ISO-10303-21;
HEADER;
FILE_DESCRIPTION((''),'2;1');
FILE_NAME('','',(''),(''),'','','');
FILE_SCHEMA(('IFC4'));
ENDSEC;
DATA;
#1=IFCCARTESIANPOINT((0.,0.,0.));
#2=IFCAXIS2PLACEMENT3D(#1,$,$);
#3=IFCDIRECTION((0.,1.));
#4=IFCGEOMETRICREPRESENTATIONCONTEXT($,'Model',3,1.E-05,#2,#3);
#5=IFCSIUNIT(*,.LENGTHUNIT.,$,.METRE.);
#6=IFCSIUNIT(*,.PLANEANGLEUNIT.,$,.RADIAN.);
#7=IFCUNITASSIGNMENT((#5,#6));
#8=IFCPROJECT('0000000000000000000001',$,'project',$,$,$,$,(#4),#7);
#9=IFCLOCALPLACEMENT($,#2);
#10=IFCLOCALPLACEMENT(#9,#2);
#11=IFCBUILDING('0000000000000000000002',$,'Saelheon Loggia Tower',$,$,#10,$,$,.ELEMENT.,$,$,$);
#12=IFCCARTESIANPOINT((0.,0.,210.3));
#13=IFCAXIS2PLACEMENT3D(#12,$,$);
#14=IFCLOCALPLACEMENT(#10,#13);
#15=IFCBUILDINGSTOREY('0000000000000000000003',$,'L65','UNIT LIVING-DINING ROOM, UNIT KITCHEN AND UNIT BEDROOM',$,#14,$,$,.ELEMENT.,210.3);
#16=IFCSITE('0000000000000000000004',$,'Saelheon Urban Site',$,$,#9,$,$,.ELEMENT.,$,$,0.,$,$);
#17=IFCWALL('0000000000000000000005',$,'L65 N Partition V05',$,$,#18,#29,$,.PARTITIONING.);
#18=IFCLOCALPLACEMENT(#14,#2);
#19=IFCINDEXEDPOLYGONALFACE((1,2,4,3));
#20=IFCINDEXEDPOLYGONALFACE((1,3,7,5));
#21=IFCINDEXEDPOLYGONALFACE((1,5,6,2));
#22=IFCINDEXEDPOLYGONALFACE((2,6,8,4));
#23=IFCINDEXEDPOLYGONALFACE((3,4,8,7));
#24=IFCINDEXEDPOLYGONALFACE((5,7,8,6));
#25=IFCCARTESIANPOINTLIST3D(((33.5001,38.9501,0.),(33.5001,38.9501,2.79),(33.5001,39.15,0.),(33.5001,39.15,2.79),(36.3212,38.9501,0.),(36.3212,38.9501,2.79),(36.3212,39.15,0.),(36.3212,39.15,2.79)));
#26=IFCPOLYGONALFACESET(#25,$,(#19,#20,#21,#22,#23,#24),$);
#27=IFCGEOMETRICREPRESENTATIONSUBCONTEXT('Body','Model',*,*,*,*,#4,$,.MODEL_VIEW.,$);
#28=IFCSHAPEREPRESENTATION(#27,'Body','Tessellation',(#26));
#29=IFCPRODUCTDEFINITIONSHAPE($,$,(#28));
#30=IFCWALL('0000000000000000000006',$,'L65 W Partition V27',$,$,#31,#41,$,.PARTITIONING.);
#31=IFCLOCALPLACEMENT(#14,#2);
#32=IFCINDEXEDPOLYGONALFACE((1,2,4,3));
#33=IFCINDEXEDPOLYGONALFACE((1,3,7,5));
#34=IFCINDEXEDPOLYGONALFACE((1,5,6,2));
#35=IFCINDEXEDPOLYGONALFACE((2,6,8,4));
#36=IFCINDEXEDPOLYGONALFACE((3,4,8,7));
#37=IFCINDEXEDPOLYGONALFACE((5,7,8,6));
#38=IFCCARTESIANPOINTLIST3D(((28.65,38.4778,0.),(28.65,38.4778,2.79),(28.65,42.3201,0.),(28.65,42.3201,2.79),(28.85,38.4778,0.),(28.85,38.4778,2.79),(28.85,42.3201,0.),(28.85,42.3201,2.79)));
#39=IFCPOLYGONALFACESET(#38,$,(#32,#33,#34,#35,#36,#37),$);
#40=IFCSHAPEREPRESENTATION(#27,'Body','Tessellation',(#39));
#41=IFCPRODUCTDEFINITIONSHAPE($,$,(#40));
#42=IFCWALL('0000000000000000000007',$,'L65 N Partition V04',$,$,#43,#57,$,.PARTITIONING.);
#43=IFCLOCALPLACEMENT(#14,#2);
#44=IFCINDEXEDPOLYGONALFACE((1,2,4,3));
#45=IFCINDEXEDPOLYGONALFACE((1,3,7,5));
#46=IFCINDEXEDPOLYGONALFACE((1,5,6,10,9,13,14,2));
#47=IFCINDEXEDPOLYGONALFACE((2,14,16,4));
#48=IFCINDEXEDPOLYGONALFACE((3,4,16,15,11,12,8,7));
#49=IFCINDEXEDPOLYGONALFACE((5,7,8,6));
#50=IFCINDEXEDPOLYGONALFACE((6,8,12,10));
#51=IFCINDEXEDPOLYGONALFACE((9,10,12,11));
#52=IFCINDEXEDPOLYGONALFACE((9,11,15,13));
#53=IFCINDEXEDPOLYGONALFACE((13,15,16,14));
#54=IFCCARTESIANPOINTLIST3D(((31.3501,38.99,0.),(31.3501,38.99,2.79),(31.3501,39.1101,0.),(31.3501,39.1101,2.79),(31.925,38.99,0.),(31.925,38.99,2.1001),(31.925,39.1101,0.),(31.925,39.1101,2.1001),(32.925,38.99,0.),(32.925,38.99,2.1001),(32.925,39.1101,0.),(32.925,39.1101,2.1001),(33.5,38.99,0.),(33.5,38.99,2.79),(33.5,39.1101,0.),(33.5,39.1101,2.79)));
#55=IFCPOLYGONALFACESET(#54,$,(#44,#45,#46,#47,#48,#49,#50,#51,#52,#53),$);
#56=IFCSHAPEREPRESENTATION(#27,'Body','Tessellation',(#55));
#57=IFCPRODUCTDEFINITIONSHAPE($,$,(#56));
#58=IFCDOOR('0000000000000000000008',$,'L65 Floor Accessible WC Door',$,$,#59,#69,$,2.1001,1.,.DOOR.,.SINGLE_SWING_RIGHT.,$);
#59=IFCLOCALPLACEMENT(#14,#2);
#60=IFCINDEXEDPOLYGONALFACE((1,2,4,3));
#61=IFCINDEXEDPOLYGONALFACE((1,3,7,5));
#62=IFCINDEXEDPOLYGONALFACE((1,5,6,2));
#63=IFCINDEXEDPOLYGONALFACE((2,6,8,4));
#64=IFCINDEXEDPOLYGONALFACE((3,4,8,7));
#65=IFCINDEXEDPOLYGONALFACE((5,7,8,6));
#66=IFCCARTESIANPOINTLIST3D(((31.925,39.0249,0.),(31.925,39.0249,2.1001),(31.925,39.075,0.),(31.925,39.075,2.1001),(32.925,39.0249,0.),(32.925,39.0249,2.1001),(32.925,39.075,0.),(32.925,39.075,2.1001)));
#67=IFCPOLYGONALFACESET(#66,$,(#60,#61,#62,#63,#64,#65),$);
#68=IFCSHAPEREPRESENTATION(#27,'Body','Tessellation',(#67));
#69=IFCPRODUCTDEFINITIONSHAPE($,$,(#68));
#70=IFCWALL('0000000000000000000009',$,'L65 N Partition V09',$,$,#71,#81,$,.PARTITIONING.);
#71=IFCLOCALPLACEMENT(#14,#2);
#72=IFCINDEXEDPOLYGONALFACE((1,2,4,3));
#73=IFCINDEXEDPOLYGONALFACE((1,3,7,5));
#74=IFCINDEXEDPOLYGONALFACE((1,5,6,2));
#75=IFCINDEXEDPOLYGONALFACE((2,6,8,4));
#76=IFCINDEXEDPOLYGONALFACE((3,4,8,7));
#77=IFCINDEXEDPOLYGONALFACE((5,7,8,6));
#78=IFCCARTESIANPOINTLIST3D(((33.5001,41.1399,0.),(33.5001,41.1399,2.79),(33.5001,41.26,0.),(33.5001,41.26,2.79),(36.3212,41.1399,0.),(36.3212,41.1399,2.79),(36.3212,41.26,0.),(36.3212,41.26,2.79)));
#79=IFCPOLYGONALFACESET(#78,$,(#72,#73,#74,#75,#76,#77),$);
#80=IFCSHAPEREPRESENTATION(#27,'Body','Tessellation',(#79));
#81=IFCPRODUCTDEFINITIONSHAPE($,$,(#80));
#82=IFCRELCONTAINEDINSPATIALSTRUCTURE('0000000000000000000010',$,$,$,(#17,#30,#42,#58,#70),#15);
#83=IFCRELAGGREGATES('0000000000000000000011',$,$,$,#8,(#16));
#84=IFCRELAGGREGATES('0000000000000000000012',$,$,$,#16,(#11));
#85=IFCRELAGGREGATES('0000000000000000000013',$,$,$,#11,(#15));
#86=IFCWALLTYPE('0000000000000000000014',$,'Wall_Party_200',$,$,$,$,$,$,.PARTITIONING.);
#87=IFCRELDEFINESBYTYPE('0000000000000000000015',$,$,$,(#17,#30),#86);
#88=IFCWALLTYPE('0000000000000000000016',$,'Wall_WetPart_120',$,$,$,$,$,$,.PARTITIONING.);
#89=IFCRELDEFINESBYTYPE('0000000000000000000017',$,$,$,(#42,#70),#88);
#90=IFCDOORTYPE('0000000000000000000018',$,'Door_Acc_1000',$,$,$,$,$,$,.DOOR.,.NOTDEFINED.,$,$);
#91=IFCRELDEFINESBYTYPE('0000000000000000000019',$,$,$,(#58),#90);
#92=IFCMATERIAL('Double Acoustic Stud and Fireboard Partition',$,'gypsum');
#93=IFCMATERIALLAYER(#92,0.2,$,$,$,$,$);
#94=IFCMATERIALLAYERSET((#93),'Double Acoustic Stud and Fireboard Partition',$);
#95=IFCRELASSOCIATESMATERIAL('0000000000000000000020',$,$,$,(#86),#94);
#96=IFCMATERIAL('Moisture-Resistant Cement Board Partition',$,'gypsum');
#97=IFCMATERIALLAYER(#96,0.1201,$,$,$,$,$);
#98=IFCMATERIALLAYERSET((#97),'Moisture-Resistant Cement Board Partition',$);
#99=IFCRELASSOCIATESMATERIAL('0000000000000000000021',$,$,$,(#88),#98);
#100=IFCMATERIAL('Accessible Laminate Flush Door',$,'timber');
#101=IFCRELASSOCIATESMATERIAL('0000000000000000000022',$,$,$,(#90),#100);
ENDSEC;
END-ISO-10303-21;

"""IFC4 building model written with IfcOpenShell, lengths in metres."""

from ifc_helpers import new_model, si_unit, direction, frame, frame_2d, origin, place, context, subcontext, project, spatial, rectangle, extrude, source, transform, mapped, material, layer, layer_set, type_object, element, fill, save


model = new_model("IFC4")

# Units and contexts
model_context = context("Model", 3, precision=1e-05, world=origin(), true_north=direction((0.0, 1.0)))
body_context = subcontext(model_context, "Body", "Model", "MODEL_VIEW")
ifc_project = project(units=[si_unit("LENGTHUNIT", "METRE"), si_unit("PLANEANGLEUNIT", "RADIAN")], contexts=[model_context])

# Site, building, storey
site_placement = place(None, origin())
site = spatial("IfcSite", under=ifc_project, at=site_placement, Name="Saelheon Urban Site", CompositionType="ELEMENT", RefElevation=0.0)
building_placement = place(site_placement, origin())
building = spatial("IfcBuilding", under=site, at=building_placement, Name="Saelheon Loggia Tower", CompositionType="ELEMENT")
storey_placement = place(building_placement, frame((0.0, 0.0, 210.3)))
storey = spatial("IfcBuildingStorey", under=building, at=storey_placement, Name="L65", Description="UNIT LIVING-DINING ROOM, UNIT KITCHEN AND UNIT BEDROOM", CompositionType="ELEMENT", Elevation=210.3)

# Walls
ifc_material_1 = material(Name="Double Acoustic Stud and Fireboard Partition", Category="gypsum")
ifc_layer_1 = layer(ifc_material_1, 0.2)
ifc_layer_set_1 = layer_set([ifc_layer_1], Name="Double Acoustic Stud and Fireboard Partition")
wall_type_1 = type_object("IfcWallType", Name="Wall_Party_200", PredefinedType="PARTITIONING", material=ifc_layer_set_1)
wall_1_placement = place(storey_placement, frame((33.5, 39.05, 0.0), z_axis=(0.0, 0.0, 1.0), x_axis=(1.0, 0.0, 0.0)))
element("IfcWall", 1, at=wall_1_placement, inside=storey, type_object=wall_type_1, Name="L65 N Partition V05", PredefinedType="PARTITIONING", context=body_context, shape_type="SweptSolid", body=[
    extrude(rectangle(XDim=2.821, YDim=0.2, at=frame_2d((1.4106, 0.0))), origin(), (0.0, 0.0, 1.0), 2.79),
])
wall_2_placement = place(storey_placement, frame((28.75, 38.4778, 0.0), z_axis=(0.0, 0.0, 1.0), x_axis=(0.0, 1.0, 0.0)))
element("IfcWall", 2, at=wall_2_placement, inside=storey, type_object=wall_type_1, Name="L65 W Partition V27", PredefinedType="PARTITIONING", context=body_context, shape_type="SweptSolid", body=[
    extrude(rectangle(XDim=3.8423, YDim=0.2, at=frame_2d((1.9211, 0.0))), origin(), (0.0, 0.0, 1.0), 2.79),
])

# Wall, opening, door
ifc_material_2 = material(Name="Moisture-Resistant Cement Board Partition", Category="gypsum")
ifc_layer_2 = layer(ifc_material_2, 0.1201)
ifc_layer_set_2 = layer_set([ifc_layer_2], Name="Moisture-Resistant Cement Board Partition")
wall_type_2 = type_object("IfcWallType", Name="Wall_WetPart_120", PredefinedType="PARTITIONING", material=ifc_layer_set_2)
wall_3_placement = place(storey_placement, frame((31.3501, 39.05, 0.0), z_axis=(0.0, 0.0, 1.0), x_axis=(1.0, 0.0, 0.0)))
wall_3 = element("IfcWall", 3, at=wall_3_placement, inside=storey, type_object=wall_type_2, Name="L65 N Partition V04", PredefinedType="PARTITIONING", context=body_context, shape_type="SweptSolid", body=[
    extrude(rectangle(XDim=2.1499, YDim=0.1201, at=frame_2d((1.075, 0.0))), origin(), (0.0, 0.0, 1.0), 2.79),
])
opening_1_placement = place(wall_3_placement, frame((0.575, 0.0, 0.0)))
opening_1 = element("IfcOpeningElement", 4, at=opening_1_placement, cuts=wall_3, PredefinedType="OPENING", context=body_context, shape_type="SweptSolid", body=[
    extrude(rectangle(XDim=1.0, YDim=2.1001, at=frame_2d((0.5, 1.05))), frame((0.0, 0.072, 0.0), z_axis=(0.0, -1.0, 0.0), x_axis=(1.0, 0.0, 0.0)), (0.0, 0.0, 1.0), 0.144),
])
ifc_material_3 = material(Name="Accessible Laminate Flush Door", Category="timber")
door_type_1 = type_object("IfcDoorType", Name="Door_Acc_1000", OperationType="NOTDEFINED", PredefinedType="DOOR", material=ifc_material_3)
shared_shape_1 = source(origin(), body_context, "Body", "SweptSolid", [
    extrude(rectangle(XDim=1.0, YDim=2.1001, at=frame_2d((0.5, 1.05))), frame((0.0, 0.0249, 0.0), z_axis=(0.0, -1.0, 0.0), x_axis=(1.0, 0.0, 0.0)), (0.0, 0.0, 1.0), 0.05),
])
door_1_placement = place(opening_1_placement, origin())
door_1 = element("IfcDoor", 5, at=door_1_placement, inside=storey, type_object=door_type_1, Name="L65 Floor Accessible WC Door", OperationType="SINGLE_SWING_RIGHT", OverallHeight=2.1001, OverallWidth=1.0, PredefinedType="DOOR", context=body_context, shape_type="MappedRepresentation", body=[
    mapped(shared_shape_1, transform((0.0, 0.0, 0.0), scale=1.0)),
])
fill(opening_1, door_1)

# Wall
wall_4_placement = place(storey_placement, frame((33.5, 41.2, 0.0), z_axis=(0.0, 0.0, 1.0), x_axis=(1.0, 0.0, 0.0)))
element("IfcWall", 6, at=wall_4_placement, inside=storey, type_object=wall_type_2, Name="L65 N Partition V09", PredefinedType="PARTITIONING", context=body_context, shape_type="SweptSolid", body=[
    extrude(rectangle(XDim=2.821, YDim=0.1201, at=frame_2d((1.4106, 0.0))), origin(), (0.0, 0.0, 1.0), 2.79),
])

save(model, "model.ifc")
